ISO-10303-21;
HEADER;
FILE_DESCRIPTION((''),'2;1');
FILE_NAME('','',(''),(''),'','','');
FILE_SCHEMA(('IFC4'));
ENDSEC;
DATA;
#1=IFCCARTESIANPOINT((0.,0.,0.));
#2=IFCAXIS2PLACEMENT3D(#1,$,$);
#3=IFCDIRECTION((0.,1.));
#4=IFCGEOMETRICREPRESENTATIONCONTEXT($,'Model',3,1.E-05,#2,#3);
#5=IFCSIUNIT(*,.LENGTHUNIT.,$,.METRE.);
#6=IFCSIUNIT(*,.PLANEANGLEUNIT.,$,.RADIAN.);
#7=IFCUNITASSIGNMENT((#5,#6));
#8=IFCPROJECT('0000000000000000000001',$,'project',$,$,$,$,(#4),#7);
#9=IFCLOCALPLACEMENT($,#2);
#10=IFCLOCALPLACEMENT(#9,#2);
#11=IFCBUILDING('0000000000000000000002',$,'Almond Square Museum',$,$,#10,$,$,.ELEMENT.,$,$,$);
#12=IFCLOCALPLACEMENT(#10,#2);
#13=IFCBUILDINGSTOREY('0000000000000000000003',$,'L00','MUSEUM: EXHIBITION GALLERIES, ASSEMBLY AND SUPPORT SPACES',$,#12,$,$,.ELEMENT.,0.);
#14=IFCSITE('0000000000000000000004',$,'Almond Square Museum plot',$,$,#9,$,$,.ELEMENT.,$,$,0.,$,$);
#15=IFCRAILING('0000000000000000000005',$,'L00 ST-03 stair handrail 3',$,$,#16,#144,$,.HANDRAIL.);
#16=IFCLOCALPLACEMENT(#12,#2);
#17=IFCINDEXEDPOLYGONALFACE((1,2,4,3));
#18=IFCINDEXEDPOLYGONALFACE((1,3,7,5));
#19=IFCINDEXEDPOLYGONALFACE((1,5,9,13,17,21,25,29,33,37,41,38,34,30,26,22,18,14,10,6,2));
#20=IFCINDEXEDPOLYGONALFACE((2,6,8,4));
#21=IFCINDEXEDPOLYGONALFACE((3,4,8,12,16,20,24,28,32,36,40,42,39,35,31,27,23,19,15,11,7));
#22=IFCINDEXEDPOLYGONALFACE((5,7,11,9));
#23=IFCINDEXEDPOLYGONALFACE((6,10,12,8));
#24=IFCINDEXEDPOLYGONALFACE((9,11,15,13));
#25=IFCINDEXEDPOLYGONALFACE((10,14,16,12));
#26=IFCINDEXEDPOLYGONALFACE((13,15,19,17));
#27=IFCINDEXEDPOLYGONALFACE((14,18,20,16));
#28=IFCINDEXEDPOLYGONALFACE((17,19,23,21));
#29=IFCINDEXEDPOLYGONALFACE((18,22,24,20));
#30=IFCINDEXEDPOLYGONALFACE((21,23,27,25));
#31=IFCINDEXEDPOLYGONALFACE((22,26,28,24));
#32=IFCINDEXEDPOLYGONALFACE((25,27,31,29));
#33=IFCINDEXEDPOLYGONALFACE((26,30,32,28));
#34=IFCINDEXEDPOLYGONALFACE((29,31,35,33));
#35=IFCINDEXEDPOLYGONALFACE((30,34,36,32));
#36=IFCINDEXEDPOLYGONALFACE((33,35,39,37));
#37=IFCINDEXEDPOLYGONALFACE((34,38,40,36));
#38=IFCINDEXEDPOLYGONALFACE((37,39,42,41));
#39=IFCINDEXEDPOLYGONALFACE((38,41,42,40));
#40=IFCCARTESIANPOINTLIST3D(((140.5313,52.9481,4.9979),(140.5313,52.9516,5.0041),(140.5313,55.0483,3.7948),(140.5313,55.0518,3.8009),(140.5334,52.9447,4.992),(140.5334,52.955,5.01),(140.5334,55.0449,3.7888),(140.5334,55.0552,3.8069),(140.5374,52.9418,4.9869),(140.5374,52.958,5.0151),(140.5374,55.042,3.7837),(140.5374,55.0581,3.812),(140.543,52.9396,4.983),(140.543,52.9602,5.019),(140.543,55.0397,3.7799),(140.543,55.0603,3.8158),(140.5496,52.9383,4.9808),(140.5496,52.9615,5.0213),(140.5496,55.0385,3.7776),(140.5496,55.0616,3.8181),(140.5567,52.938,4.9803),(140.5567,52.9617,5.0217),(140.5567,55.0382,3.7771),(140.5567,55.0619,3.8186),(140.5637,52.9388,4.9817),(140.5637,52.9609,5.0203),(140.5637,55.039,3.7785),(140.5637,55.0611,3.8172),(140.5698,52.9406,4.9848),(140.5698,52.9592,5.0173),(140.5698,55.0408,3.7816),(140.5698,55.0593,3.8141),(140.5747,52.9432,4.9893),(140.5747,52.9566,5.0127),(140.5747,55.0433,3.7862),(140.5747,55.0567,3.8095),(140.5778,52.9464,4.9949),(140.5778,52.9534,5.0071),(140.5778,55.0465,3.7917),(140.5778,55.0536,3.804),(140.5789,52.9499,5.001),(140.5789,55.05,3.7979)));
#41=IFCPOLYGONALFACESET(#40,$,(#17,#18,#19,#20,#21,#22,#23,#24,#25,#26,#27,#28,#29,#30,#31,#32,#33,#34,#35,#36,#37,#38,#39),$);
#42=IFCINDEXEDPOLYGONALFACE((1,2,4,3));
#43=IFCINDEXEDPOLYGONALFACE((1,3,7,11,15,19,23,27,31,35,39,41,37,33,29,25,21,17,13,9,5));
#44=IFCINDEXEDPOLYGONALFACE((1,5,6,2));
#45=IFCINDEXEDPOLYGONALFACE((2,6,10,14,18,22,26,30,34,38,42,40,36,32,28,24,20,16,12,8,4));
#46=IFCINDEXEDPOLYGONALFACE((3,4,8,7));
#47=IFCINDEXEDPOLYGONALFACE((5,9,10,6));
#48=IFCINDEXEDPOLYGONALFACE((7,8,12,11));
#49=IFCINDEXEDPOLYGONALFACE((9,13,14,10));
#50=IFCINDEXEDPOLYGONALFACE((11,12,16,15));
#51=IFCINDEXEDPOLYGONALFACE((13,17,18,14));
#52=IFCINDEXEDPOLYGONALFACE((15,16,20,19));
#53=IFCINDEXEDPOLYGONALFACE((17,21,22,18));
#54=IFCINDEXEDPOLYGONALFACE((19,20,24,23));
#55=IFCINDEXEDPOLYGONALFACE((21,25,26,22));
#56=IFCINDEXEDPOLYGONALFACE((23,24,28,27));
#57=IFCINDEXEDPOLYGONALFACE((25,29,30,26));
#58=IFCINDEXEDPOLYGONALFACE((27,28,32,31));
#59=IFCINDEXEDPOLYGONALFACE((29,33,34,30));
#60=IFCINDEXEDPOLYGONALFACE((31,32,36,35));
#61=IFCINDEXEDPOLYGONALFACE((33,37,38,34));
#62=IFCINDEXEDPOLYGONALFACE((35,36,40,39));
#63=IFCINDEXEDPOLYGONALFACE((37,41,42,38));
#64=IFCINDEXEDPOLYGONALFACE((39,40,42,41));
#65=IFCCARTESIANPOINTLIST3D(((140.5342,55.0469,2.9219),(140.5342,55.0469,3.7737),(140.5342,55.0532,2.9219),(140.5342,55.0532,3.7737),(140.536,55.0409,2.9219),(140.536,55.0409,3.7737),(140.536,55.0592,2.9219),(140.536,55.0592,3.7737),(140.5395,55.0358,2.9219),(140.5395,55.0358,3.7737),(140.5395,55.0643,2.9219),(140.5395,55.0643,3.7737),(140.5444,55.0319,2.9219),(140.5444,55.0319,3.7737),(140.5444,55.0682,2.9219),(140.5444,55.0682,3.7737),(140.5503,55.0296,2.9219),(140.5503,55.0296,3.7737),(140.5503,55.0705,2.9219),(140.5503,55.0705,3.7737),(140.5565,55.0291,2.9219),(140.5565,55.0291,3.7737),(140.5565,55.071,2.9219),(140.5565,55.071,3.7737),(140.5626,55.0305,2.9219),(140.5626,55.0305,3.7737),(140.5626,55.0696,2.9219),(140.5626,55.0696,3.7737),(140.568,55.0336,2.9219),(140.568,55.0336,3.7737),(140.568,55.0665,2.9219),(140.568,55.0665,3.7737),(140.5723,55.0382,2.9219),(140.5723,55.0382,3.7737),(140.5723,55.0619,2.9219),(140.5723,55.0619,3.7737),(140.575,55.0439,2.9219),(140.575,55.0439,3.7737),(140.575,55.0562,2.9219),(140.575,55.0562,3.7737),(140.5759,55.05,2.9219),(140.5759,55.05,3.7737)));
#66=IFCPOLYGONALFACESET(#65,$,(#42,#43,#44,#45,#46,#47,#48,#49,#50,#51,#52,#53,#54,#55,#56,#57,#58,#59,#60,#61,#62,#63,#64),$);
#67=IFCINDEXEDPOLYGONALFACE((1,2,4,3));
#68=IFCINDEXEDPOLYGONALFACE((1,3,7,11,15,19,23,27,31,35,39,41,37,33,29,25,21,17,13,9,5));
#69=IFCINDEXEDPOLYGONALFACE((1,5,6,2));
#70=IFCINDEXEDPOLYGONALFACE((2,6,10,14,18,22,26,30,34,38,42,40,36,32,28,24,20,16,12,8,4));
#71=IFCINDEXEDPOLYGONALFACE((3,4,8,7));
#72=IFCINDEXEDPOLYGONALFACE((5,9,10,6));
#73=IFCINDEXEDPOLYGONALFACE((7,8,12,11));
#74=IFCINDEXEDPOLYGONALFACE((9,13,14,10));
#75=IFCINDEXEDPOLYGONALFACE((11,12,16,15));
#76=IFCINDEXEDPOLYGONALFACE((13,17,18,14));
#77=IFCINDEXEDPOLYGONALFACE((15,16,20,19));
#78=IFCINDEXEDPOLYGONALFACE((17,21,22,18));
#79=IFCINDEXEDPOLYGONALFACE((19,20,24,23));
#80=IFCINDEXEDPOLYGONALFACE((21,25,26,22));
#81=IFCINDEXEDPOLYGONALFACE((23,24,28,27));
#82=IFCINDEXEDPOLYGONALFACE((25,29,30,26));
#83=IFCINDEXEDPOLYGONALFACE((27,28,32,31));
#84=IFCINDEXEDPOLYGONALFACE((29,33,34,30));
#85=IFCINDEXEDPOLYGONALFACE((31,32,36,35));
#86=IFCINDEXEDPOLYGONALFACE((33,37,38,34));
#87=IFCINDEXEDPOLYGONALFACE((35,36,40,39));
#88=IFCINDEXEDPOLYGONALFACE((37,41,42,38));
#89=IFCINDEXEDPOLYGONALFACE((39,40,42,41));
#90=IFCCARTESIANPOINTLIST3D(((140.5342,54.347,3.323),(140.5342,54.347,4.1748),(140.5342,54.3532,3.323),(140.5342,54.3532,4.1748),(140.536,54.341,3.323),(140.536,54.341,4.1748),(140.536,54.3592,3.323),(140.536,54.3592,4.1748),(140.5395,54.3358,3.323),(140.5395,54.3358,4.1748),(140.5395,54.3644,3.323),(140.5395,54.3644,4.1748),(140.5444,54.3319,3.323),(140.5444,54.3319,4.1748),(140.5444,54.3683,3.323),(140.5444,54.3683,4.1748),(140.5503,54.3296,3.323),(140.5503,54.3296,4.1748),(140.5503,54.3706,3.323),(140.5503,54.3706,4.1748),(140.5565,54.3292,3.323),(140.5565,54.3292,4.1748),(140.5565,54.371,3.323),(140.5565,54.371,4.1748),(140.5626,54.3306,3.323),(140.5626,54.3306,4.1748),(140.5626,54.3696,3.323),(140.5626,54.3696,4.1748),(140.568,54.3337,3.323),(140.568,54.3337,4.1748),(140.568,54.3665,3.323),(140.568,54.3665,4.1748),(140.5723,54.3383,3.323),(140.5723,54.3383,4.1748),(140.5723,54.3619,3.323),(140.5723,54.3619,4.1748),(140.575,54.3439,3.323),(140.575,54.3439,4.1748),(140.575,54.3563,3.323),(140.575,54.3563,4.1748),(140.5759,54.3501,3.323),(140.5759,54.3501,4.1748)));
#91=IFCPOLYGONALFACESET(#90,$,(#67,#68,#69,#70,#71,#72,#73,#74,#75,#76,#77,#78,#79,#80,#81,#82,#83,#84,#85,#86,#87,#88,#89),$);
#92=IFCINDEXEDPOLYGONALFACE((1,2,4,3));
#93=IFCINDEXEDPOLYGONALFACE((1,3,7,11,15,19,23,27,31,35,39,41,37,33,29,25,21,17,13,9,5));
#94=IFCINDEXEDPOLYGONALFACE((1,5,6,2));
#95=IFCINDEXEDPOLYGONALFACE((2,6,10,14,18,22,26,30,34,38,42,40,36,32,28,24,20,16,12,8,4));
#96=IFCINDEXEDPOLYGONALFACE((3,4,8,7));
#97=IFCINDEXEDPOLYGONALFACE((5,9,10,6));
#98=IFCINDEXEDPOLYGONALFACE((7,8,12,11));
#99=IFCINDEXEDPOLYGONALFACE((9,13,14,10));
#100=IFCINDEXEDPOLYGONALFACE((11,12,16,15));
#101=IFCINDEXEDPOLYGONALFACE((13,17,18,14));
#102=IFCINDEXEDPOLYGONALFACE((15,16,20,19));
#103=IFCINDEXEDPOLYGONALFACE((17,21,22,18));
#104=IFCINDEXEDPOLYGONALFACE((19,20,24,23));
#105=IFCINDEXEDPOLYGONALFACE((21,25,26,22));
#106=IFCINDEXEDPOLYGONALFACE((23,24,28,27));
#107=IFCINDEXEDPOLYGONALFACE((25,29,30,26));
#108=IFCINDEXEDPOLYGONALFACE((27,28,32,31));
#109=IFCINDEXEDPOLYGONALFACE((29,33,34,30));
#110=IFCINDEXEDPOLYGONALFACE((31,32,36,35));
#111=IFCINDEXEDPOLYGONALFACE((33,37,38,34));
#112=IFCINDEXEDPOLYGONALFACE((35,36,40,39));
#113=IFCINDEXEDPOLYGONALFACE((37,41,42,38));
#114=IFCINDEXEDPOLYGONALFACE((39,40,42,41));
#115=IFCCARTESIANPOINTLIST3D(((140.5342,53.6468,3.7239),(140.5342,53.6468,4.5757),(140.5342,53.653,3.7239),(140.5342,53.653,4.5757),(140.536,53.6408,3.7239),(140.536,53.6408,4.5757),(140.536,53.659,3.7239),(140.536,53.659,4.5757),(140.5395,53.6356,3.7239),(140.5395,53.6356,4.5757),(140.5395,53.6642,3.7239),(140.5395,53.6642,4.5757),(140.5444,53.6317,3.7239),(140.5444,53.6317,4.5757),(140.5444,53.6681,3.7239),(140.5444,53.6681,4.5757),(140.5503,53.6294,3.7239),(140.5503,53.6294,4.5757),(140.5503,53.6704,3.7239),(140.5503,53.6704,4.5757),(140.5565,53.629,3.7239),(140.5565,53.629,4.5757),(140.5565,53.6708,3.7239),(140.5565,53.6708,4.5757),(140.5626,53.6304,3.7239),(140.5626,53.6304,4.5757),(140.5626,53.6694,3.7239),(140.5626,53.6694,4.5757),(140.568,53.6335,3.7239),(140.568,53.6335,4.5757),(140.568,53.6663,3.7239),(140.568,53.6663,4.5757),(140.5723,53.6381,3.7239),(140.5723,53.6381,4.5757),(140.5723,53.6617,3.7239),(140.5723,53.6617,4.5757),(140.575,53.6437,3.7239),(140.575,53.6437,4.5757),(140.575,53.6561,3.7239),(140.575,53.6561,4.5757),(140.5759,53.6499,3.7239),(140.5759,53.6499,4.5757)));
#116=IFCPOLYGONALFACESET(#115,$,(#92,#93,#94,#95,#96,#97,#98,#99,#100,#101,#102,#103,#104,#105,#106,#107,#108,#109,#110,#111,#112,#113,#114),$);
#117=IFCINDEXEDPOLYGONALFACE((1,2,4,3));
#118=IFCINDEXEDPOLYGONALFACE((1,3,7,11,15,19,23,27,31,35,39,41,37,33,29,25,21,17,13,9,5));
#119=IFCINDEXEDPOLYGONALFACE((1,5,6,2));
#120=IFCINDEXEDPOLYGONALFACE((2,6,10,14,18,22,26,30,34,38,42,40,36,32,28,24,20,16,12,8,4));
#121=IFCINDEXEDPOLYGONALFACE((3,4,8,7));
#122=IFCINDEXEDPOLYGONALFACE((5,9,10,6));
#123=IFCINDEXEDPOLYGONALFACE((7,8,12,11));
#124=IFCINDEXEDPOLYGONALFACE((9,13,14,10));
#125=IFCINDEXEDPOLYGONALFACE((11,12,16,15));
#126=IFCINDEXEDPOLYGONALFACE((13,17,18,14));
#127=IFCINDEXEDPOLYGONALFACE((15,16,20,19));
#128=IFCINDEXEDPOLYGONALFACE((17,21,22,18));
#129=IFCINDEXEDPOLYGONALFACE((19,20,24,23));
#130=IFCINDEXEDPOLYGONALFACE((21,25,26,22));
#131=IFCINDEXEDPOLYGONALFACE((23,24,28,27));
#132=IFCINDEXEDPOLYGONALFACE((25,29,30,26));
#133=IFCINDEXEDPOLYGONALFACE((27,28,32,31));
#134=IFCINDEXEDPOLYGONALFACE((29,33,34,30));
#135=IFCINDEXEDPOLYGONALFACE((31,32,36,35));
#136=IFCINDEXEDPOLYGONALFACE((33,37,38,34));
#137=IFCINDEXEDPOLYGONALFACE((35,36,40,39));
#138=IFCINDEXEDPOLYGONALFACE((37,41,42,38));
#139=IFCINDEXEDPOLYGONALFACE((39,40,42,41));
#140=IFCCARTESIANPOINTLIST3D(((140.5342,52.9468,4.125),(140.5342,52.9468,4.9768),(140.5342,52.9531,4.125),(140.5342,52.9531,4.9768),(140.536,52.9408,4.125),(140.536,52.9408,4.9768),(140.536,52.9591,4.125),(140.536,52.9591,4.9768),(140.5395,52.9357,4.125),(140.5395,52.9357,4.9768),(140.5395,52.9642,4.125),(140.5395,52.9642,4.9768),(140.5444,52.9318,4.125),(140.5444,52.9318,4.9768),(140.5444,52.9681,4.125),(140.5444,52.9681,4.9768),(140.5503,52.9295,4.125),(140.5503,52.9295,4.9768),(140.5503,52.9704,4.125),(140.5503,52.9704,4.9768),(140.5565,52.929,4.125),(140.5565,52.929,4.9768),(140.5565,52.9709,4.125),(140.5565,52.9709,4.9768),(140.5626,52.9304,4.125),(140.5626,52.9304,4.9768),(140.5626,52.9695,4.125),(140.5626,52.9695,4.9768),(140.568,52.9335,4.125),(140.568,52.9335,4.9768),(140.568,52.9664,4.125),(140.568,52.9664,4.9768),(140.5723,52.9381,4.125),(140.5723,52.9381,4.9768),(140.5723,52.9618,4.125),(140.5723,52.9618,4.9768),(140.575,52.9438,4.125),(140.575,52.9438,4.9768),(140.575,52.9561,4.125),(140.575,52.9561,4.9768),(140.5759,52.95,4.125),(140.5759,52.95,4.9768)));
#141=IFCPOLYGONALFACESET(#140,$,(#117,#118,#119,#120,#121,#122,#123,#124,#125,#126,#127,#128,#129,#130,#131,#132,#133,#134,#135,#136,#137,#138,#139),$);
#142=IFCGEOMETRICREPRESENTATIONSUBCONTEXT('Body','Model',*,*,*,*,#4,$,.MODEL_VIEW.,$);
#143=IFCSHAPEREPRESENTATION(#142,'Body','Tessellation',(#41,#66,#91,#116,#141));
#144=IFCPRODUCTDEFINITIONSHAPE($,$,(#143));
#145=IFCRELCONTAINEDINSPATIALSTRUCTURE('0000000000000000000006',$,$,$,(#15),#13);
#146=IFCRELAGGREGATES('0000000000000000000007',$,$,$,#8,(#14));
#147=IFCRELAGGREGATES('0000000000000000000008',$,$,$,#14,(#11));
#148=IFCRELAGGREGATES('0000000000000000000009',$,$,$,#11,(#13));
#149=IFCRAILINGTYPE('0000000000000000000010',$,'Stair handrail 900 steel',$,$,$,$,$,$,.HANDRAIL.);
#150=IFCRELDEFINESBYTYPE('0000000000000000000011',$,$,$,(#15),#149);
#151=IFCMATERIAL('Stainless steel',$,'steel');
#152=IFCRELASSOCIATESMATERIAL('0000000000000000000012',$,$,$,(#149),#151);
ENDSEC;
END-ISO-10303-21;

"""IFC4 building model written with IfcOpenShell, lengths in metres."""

from ifc_helpers import new_model, si_unit, direction, frame, origin, origin_2d, place, context, subcontext, project, spatial, circle, extrude, material, type_object, element, save


model = new_model("IFC4")

# Units and contexts
model_context = context("Model", 3, precision=1e-05, world=origin(), true_north=direction((0.0, 1.0)))
body_context = subcontext(model_context, "Body", "Model", "MODEL_VIEW")
ifc_project = project(units=[si_unit("LENGTHUNIT", "METRE"), si_unit("PLANEANGLEUNIT", "RADIAN")], contexts=[model_context])

# Site, building, storey
site_placement = place(None, origin())
site = spatial("IfcSite", under=ifc_project, at=site_placement, Name="Almond Square Museum plot", CompositionType="ELEMENT", RefElevation=0.0)
building_placement = place(site_placement, origin())
building = spatial("IfcBuilding", under=site, at=building_placement, Name="Almond Square Museum", CompositionType="ELEMENT")
storey_placement = place(building_placement, origin())
storey = spatial("IfcBuildingStorey", under=building, at=storey_placement, Name="L00", Description="MUSEUM: EXHIBITION GALLERIES, ASSEMBLY AND SUPPORT SPACES", CompositionType="ELEMENT", Elevation=0.0)

# Railing
ifc_material_1 = material(Name="Stainless steel", Category="steel")
railing_type_1 = type_object("IfcRailingType", Name="Stair handrail 900 steel", PredefinedType="HANDRAIL", material=ifc_material_1)
for number, where, name in (
    (1, (140.5549, 55.05, 2.9219), "L00 ST-03 stair handrail 3"),
):
    element("IfcRailing", number, at=place(storey_placement, frame(where)), inside=storey, type_object=railing_type_1, Name=name, PredefinedType="HANDRAIL", context=body_context, shape_type="SweptSolid", body=[
        extrude(circle(Radius=0.0239, at=origin_2d()), frame((0.0, 0.0, 0.876), z_axis=(0.0, -0.867696, 0.497095), x_axis=(1.0, 0.0, 0.0)), (0.0, 0.0, 1.0), 2.4204),
        extrude(circle(Radius=0.021, at=origin_2d()), origin(), (0.0, 0.0, 1.0), 0.8518),
        extrude(circle(Radius=0.021, at=origin_2d()), frame((0.0, -0.7, 0.4011)), (0.0, 0.0, 1.0), 0.8518),
        extrude(circle(Radius=0.021, at=origin_2d()), frame((0.0, -1.4001, 0.802)), (0.0, 0.0, 1.0), 0.8518),
        extrude(circle(Radius=0.021, at=origin_2d()), frame((0.0, -2.1001, 1.2031)), (0.0, 0.0, 1.0), 0.8518),
    ])

save(model, "model.ifc")
